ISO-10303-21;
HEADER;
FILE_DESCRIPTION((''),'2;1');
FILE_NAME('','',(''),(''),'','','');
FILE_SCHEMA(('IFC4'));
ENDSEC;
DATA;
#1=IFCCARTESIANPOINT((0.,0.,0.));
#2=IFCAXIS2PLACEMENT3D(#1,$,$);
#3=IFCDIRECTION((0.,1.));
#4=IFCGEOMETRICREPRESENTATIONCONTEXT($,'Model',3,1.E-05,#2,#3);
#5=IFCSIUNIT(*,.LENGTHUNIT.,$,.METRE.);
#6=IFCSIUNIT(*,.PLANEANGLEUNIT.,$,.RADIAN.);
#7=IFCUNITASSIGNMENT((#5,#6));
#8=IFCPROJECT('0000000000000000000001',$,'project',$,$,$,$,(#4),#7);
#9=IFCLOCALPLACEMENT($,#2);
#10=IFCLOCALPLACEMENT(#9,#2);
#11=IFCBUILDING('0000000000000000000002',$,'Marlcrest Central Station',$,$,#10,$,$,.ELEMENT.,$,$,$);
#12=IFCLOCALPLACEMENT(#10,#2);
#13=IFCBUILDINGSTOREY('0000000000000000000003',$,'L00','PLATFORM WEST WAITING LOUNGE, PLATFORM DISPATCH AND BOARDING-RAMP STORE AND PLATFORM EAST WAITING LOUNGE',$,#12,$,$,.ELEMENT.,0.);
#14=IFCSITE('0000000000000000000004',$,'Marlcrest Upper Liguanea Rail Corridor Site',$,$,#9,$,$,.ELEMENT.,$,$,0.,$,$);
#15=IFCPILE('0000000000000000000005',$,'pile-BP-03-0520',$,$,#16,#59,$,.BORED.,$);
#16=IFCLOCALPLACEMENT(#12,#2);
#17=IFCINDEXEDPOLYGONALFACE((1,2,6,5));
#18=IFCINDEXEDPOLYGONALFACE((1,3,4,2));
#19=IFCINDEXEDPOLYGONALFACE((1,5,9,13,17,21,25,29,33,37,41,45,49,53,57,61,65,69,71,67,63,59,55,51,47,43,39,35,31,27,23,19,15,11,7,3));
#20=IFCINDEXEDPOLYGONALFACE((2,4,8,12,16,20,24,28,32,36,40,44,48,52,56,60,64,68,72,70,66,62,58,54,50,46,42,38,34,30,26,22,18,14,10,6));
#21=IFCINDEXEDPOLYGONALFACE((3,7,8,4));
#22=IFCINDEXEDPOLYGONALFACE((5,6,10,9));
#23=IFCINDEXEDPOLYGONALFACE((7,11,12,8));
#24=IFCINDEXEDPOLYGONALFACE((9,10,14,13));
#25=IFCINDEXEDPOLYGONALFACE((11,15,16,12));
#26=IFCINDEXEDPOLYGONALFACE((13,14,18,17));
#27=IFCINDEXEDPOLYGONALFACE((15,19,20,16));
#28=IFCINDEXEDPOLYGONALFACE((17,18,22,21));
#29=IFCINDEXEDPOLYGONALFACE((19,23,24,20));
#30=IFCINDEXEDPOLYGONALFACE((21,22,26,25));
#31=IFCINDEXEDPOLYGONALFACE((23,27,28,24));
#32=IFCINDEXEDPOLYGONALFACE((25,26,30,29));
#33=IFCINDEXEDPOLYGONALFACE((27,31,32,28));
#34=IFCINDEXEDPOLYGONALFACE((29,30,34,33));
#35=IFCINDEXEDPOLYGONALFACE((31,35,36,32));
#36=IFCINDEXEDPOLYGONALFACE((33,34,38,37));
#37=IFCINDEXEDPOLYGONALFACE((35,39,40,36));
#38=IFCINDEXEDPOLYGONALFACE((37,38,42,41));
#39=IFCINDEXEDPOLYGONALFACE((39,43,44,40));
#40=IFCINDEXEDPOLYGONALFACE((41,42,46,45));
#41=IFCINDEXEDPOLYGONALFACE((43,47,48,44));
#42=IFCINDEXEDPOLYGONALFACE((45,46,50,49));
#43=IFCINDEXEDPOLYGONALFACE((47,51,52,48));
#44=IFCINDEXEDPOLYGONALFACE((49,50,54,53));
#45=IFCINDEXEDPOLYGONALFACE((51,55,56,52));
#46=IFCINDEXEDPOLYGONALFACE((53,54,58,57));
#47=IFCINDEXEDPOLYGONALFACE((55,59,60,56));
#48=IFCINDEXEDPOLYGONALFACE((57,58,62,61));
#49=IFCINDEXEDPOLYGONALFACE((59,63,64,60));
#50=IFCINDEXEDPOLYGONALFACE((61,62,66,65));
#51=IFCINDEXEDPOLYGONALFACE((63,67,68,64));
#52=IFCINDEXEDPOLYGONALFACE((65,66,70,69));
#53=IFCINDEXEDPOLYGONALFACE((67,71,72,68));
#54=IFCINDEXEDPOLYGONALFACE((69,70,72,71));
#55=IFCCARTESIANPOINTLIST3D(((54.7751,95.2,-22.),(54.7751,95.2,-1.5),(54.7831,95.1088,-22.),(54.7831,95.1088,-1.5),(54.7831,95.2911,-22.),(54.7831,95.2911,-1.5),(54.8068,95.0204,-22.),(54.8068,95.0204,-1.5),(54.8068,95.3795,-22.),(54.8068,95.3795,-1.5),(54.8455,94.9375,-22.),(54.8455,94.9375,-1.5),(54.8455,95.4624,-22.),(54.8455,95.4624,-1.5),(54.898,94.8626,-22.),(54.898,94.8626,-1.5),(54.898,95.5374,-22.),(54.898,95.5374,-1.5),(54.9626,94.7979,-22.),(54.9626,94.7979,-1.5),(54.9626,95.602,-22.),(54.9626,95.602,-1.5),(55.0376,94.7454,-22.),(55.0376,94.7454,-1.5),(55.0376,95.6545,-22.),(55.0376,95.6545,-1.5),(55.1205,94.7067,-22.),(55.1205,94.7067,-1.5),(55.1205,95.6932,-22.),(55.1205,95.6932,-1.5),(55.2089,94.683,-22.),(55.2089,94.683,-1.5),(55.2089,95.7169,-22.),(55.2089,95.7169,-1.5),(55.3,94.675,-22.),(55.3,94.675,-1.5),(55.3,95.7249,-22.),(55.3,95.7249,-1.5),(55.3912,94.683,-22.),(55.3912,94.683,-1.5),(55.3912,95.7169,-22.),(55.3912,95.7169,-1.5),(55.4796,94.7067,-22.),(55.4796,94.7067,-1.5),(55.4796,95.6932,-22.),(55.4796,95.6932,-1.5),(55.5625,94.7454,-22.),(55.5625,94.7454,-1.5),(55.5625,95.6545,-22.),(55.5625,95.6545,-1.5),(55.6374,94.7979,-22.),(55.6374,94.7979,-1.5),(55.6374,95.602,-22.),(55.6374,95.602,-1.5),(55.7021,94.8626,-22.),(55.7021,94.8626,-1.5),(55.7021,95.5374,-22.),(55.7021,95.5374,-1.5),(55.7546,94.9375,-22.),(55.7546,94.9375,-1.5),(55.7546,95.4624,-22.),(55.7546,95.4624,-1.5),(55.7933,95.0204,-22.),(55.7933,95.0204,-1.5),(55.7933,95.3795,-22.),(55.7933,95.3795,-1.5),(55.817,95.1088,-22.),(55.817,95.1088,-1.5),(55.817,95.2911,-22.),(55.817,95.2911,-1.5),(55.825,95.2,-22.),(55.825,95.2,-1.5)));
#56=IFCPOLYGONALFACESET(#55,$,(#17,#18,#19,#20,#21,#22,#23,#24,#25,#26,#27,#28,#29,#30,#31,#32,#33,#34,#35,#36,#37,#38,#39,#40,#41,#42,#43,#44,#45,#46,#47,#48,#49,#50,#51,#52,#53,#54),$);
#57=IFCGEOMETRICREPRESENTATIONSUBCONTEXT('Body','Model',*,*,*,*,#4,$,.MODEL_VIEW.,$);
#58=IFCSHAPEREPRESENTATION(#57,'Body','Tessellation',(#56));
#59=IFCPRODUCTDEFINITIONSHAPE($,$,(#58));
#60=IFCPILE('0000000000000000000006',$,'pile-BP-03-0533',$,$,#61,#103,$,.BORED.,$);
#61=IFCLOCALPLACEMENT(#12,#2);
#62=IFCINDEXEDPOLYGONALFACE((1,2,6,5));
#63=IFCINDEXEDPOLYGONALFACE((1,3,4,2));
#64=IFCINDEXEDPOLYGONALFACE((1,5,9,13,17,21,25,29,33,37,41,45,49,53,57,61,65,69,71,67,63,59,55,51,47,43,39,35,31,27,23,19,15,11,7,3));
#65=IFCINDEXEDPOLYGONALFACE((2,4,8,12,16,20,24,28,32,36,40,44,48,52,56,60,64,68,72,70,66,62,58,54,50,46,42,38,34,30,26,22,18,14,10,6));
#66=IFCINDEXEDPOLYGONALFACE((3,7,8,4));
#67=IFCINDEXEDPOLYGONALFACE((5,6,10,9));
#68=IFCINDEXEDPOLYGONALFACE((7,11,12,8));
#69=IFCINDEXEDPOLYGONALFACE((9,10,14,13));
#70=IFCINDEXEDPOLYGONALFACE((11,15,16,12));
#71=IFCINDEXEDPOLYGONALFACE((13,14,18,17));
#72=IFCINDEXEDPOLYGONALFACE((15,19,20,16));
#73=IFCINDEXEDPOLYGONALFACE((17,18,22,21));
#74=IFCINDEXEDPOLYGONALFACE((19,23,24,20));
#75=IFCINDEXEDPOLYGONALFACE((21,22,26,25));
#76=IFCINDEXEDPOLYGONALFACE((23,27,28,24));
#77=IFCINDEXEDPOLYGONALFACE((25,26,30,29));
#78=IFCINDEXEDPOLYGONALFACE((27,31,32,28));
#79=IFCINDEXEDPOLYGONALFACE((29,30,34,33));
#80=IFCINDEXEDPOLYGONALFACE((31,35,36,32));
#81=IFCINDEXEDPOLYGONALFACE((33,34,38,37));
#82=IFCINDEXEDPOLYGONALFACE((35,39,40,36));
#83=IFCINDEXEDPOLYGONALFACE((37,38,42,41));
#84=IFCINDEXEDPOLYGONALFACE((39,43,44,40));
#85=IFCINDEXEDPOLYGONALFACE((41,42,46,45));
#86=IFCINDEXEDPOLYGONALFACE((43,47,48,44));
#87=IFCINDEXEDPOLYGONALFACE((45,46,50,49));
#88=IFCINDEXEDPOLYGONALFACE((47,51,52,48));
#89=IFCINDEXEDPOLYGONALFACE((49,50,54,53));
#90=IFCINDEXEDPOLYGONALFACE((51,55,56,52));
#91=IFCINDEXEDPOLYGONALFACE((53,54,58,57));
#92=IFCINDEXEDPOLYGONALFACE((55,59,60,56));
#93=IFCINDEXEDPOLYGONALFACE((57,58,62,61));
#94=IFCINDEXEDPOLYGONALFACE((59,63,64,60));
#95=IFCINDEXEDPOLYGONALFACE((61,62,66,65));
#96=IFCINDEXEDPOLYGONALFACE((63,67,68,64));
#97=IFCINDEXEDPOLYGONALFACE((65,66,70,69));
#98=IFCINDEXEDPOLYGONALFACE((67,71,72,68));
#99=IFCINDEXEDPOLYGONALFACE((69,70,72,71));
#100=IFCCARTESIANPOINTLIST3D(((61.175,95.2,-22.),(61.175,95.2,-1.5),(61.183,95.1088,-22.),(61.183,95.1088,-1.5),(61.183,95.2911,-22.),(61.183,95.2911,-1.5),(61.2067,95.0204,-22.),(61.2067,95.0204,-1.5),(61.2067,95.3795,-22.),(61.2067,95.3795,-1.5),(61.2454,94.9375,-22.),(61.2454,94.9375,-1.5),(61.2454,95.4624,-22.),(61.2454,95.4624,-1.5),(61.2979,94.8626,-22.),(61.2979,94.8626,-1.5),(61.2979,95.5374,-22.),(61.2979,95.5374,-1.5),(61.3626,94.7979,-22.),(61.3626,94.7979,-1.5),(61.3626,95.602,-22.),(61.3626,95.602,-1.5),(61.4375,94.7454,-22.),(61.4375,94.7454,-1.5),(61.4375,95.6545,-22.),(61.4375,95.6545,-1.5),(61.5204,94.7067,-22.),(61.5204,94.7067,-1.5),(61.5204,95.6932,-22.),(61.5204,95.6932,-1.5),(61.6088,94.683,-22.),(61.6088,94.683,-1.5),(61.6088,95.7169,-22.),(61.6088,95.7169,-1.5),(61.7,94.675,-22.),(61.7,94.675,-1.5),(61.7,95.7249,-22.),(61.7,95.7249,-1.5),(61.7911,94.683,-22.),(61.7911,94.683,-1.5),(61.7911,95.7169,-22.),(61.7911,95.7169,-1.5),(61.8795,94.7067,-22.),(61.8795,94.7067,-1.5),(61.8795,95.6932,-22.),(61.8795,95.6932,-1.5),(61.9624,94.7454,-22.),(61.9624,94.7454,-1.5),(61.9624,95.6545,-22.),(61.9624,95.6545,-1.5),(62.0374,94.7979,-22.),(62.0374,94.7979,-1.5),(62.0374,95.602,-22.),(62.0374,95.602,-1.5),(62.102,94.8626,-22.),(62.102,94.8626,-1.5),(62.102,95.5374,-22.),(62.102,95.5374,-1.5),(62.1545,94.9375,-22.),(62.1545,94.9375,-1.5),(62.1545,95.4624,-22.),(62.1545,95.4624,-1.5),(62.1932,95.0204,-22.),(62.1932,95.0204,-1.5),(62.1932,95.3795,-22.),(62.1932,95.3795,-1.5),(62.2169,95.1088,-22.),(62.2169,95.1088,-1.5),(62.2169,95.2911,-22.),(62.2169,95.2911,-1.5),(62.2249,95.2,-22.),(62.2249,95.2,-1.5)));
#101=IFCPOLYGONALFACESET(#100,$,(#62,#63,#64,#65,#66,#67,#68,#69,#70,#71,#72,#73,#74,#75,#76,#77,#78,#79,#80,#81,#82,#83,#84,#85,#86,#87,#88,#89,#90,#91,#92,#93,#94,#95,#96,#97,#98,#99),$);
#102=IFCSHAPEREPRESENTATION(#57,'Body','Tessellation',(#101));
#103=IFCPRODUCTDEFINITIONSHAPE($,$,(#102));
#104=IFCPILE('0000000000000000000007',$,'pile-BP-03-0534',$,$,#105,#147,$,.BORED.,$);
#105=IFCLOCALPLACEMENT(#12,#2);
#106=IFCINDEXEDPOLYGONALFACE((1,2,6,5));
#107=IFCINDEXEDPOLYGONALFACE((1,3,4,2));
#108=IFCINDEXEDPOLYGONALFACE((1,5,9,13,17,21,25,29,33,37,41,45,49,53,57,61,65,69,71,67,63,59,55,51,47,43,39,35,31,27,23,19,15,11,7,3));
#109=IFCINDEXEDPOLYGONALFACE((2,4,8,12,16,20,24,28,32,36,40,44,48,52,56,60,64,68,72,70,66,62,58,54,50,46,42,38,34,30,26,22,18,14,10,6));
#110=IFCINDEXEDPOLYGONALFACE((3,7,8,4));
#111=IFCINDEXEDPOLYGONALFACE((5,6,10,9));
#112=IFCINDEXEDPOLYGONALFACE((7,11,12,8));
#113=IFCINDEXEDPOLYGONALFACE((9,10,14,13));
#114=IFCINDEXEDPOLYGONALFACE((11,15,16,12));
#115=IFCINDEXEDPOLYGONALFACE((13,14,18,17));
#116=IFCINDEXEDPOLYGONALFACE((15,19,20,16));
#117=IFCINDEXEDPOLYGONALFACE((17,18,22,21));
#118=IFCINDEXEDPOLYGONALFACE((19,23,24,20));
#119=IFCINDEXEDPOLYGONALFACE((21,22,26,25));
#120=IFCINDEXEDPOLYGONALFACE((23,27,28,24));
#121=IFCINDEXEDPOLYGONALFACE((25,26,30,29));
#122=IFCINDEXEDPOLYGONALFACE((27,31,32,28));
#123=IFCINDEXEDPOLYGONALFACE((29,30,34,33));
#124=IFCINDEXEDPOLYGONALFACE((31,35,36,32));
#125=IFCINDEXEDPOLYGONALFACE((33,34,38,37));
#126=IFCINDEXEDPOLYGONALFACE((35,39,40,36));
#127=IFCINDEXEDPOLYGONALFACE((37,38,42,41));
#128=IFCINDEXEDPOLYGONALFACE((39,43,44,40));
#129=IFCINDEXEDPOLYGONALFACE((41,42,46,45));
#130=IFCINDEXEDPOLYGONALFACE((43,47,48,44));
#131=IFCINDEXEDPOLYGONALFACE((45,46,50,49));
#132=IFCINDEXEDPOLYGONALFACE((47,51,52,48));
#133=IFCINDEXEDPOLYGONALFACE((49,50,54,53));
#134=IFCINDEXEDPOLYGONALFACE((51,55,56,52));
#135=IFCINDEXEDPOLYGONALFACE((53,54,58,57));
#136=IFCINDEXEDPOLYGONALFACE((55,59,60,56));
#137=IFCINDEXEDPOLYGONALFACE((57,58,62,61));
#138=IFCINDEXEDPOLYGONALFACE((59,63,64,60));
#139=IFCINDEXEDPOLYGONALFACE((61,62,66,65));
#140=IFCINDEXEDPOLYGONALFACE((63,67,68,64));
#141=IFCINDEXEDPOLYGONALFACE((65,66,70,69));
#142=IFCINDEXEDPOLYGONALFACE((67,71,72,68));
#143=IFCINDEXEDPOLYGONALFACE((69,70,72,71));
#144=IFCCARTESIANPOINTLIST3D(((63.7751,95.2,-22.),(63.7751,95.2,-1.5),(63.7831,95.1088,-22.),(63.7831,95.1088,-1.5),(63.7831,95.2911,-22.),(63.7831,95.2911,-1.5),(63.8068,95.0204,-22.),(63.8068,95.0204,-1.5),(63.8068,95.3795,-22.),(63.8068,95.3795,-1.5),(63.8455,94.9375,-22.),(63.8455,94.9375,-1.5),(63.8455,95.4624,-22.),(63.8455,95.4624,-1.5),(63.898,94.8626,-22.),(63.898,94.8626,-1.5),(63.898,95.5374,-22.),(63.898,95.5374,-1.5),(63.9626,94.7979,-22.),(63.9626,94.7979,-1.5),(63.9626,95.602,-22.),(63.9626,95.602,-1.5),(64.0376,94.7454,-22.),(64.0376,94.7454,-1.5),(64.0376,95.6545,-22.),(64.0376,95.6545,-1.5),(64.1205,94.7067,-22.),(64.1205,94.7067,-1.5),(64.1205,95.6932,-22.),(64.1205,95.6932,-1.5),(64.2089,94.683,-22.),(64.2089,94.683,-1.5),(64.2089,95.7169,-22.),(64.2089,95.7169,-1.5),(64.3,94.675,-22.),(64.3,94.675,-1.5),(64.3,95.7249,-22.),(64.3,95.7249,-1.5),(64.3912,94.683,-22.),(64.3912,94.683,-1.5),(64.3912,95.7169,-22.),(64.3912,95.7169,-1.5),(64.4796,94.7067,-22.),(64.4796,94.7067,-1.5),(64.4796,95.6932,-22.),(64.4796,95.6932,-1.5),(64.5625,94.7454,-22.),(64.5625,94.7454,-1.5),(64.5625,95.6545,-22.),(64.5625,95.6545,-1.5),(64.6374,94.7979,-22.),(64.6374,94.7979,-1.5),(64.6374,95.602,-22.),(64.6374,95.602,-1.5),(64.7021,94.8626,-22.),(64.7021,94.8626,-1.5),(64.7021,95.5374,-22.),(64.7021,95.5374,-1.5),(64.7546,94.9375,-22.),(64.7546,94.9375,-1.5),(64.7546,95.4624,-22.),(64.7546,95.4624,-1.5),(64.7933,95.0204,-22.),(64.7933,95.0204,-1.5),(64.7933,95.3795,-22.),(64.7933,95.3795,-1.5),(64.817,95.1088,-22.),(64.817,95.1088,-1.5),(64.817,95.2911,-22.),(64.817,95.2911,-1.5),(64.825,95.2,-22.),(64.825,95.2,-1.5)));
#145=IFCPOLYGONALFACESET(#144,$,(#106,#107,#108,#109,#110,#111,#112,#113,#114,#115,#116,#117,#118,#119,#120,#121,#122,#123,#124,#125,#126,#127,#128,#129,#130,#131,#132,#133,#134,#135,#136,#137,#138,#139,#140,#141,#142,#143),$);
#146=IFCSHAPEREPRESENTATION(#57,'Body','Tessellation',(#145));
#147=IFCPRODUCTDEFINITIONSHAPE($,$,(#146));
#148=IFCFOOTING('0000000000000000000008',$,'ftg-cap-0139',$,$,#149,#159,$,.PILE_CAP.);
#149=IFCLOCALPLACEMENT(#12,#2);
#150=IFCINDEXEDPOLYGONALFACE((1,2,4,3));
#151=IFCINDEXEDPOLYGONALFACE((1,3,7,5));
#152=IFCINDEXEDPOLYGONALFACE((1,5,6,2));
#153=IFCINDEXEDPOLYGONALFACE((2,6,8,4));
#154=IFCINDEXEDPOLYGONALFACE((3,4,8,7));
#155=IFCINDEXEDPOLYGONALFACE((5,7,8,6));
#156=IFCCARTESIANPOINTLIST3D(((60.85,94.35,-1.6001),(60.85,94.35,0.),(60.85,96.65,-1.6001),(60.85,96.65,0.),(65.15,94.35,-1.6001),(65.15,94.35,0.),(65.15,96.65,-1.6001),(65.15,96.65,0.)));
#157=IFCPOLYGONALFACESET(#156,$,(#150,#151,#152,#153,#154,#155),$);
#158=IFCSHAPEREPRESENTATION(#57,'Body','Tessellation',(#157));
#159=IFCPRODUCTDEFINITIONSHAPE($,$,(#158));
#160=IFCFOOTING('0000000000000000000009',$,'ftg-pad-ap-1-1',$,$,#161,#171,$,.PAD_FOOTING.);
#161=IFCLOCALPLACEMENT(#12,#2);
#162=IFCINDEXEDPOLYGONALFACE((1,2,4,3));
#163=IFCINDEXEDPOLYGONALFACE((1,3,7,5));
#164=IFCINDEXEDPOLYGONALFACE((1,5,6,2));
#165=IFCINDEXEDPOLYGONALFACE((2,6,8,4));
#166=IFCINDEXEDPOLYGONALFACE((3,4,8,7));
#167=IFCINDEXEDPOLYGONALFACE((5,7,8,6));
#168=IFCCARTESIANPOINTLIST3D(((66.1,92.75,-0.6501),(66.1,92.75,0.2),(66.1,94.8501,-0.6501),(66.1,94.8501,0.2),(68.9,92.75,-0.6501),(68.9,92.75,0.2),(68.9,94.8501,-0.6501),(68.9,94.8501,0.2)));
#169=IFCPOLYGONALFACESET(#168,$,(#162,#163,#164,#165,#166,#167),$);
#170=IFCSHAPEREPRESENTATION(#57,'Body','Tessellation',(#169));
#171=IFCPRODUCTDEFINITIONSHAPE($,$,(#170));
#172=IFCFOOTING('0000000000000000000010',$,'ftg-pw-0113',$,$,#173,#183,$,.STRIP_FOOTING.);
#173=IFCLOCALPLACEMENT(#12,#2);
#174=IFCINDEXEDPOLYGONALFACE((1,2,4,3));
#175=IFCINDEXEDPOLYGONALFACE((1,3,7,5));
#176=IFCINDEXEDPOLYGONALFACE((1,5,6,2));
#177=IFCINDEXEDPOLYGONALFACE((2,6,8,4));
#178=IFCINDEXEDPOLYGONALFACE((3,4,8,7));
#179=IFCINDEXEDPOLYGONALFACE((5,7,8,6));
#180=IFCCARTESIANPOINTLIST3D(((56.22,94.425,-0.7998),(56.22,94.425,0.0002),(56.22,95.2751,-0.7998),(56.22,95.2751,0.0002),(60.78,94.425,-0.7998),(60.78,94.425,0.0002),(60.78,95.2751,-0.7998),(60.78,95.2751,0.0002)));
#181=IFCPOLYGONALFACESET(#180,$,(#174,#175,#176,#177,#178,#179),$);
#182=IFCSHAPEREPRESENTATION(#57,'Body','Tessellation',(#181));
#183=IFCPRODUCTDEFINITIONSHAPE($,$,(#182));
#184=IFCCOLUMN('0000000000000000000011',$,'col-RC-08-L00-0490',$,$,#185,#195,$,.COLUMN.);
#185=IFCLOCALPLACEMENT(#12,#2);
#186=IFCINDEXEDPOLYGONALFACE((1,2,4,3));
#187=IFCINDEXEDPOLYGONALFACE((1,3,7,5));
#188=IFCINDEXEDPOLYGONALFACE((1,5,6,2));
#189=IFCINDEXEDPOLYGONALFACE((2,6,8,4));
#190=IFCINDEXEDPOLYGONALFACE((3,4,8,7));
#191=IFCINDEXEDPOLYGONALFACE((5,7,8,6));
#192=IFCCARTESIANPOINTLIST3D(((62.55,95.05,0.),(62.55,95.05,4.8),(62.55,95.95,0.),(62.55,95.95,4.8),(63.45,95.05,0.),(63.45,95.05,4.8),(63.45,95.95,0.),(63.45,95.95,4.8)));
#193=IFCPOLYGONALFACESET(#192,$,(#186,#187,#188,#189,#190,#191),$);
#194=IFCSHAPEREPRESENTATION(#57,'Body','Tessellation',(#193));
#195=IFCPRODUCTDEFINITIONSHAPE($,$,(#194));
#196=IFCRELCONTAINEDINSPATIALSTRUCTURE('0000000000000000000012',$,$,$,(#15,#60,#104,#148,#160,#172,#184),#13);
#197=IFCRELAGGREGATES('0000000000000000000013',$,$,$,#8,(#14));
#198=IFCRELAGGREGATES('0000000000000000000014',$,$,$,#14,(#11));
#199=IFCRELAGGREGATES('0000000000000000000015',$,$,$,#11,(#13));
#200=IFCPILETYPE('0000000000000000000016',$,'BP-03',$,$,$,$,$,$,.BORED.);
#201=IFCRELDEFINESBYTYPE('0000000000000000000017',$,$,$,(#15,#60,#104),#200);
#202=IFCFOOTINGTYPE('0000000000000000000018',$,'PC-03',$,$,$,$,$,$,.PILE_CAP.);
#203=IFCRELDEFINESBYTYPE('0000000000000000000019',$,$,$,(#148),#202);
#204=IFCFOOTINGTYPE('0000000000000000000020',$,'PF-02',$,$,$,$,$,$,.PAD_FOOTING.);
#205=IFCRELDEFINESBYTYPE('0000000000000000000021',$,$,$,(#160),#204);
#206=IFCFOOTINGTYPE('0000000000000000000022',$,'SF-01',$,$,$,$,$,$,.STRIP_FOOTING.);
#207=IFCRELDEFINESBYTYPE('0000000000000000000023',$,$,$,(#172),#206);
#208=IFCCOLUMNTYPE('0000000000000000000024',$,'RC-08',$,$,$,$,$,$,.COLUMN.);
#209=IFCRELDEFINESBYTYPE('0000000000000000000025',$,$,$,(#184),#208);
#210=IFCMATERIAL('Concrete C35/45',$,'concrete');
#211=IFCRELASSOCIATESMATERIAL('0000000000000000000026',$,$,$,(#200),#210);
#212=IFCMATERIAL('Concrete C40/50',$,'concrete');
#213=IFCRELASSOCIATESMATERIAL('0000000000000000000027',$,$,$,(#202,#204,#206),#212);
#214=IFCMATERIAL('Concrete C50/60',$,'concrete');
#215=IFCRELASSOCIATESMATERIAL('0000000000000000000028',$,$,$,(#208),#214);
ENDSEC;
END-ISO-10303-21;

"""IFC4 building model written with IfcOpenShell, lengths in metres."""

from ifc_helpers import new_model, si_unit, direction, frame, origin, origin_2d, place, context, subcontext, project, spatial, rectangle, circle, extrude, material, material_profile, profile_set, type_object, element, save


model = new_model("IFC4")

# Units and contexts
model_context = context("Model", 3, precision=1e-05, world=origin(), true_north=direction((0.0, 1.0)))
body_context = subcontext(model_context, "Body", "Model", "MODEL_VIEW")
ifc_project = project(units=[si_unit("LENGTHUNIT", "METRE"), si_unit("PLANEANGLEUNIT", "RADIAN")], contexts=[model_context])

# Site, building, storey
site_placement = place(None, origin())
site = spatial("IfcSite", under=ifc_project, at=site_placement, Name="Marlcrest Upper Liguanea Rail Corridor Site", CompositionType="ELEMENT", RefElevation=0.0)
building_placement = place(site_placement, origin())
building = spatial("IfcBuilding", under=site, at=building_placement, Name="Marlcrest Central Station", CompositionType="ELEMENT")
storey_placement = place(building_placement, origin())
storey = spatial("IfcBuildingStorey", under=building, at=storey_placement, Name="L00", Description="PLATFORM WEST WAITING LOUNGE, PLATFORM DISPATCH AND BOARDING-RAMP STORE AND PLATFORM EAST WAITING LOUNGE", CompositionType="ELEMENT", Elevation=0.0)

# Piles
ifc_material_1 = material(Name="Concrete C35/45", Category="concrete")
ifc_material_profile_1 = material_profile(ifc_material_1, circle(Radius=0.5249, at=origin_2d()), Name="PILE D1050")
ifc_profile_set_1 = profile_set([ifc_material_profile_1], Name="Concrete C35/45")
pile_type = type_object("IfcPileType", Name="BP-03", PredefinedType="BORED", material=ifc_profile_set_1)
for number, where, z_axis, x_axis, name in (
    (1, (55.3, 95.2, -1.5), (0.0, 0.0, -1.0), (1.0, 0.0, 0.0), "pile-BP-03-0520"),
    (2, (61.7, 95.2, -1.5), (0.0, 0.0, -1.0), (1.0, 0.0, 0.0), "pile-BP-03-0533"),
    (3, (64.3, 95.2, -1.5), (0.0, 0.0, -1.0), (1.0, 0.0, 0.0), "pile-BP-03-0534"),
):
    element("IfcPile", number, at=place(storey_placement, frame(where, z_axis=z_axis, x_axis=x_axis)), inside=storey, type_object=pile_type, Name=name, PredefinedType="BORED", context=body_context, shape_type="SweptSolid", body=[
        extrude(circle(Radius=0.5249, at=origin_2d()), origin(), (0.0, 0.0, 1.0), 20.5),
    ])

# Footings
ifc_material_2 = material(Name="Concrete C40/50", Category="concrete")
footing_type_1 = type_object("IfcFootingType", Name="PC-03", PredefinedType="PILE_CAP", material=ifc_material_2)
footing_1_placement = place(storey_placement, frame((63.0, 95.5, -1.6001), z_axis=(0.0, 0.0, 1.0), x_axis=(1.0, 0.0, 0.0)))
element("IfcFooting", 4, at=footing_1_placement, inside=storey, type_object=footing_type_1, Name="ftg-cap-0139", PredefinedType="PILE_CAP", context=body_context, shape_type="SweptSolid", body=[
    extrude(rectangle(XDim=4.3, YDim=2.3, at=origin_2d()), origin(), (0.0, 0.0, 1.0), 1.6001),
])
footing_type_2 = type_object("IfcFootingType", Name="PF-02", PredefinedType="PAD_FOOTING", material=ifc_material_2)
footing_2_placement = place(storey_placement, frame((67.5, 93.8, -0.6501), z_axis=(0.0, 0.0, 1.0), x_axis=(1.0, 0.0, 0.0)))
element("IfcFooting", 5, at=footing_2_placement, inside=storey, type_object=footing_type_2, Name="ftg-pad-ap-1-1", PredefinedType="PAD_FOOTING", context=body_context, shape_type="SweptSolid", body=[
    extrude(rectangle(XDim=2.8, YDim=2.1001, at=origin_2d()), origin(), (0.0, 0.0, 1.0), 0.8501),
])
footing_type_3 = type_object("IfcFootingType", Name="SF-01", PredefinedType="STRIP_FOOTING", material=ifc_material_2)
footing_3_placement = place(storey_placement, frame((58.5, 94.8501, -0.7998), z_axis=(0.0, 0.0, 1.0), x_axis=(1.0, 0.0, 0.0)))
element("IfcFooting", 6, at=footing_3_placement, inside=storey, type_object=footing_type_3, Name="ftg-pw-0113", PredefinedType="STRIP_FOOTING", context=body_context, shape_type="SweptSolid", body=[
    extrude(rectangle(XDim=4.5601, YDim=0.8501, at=origin_2d()), origin(), (0.0, 0.0, 1.0), 0.8),
])

# Column
ifc_material_3 = material(Name="Concrete C50/60", Category="concrete")
ifc_material_profile_2 = material_profile(ifc_material_3, rectangle(XDim=0.8999, YDim=0.8999, at=origin_2d()), Name="RC 900x900")
ifc_profile_set_2 = profile_set([ifc_material_profile_2], Name="Concrete C50/60")
column_type_1 = type_object("IfcColumnType", Name="RC-08", PredefinedType="COLUMN", material=ifc_profile_set_2)
column_1_placement = place(storey_placement, frame((63.0, 95.5, 0.0), z_axis=(0.0, 0.0, 1.0), x_axis=(1.0, 0.0, 0.0)))
element("IfcColumn", 7, at=column_1_placement, inside=storey, type_object=column_type_1, Name="col-RC-08-L00-0490", PredefinedType="COLUMN", context=body_context, shape_type="SweptSolid", body=[
    extrude(rectangle(XDim=0.8999, YDim=0.8999, at=origin_2d()), origin(), (0.0, 0.0, 1.0), 4.8),
])

save(model, "model.ifc")
